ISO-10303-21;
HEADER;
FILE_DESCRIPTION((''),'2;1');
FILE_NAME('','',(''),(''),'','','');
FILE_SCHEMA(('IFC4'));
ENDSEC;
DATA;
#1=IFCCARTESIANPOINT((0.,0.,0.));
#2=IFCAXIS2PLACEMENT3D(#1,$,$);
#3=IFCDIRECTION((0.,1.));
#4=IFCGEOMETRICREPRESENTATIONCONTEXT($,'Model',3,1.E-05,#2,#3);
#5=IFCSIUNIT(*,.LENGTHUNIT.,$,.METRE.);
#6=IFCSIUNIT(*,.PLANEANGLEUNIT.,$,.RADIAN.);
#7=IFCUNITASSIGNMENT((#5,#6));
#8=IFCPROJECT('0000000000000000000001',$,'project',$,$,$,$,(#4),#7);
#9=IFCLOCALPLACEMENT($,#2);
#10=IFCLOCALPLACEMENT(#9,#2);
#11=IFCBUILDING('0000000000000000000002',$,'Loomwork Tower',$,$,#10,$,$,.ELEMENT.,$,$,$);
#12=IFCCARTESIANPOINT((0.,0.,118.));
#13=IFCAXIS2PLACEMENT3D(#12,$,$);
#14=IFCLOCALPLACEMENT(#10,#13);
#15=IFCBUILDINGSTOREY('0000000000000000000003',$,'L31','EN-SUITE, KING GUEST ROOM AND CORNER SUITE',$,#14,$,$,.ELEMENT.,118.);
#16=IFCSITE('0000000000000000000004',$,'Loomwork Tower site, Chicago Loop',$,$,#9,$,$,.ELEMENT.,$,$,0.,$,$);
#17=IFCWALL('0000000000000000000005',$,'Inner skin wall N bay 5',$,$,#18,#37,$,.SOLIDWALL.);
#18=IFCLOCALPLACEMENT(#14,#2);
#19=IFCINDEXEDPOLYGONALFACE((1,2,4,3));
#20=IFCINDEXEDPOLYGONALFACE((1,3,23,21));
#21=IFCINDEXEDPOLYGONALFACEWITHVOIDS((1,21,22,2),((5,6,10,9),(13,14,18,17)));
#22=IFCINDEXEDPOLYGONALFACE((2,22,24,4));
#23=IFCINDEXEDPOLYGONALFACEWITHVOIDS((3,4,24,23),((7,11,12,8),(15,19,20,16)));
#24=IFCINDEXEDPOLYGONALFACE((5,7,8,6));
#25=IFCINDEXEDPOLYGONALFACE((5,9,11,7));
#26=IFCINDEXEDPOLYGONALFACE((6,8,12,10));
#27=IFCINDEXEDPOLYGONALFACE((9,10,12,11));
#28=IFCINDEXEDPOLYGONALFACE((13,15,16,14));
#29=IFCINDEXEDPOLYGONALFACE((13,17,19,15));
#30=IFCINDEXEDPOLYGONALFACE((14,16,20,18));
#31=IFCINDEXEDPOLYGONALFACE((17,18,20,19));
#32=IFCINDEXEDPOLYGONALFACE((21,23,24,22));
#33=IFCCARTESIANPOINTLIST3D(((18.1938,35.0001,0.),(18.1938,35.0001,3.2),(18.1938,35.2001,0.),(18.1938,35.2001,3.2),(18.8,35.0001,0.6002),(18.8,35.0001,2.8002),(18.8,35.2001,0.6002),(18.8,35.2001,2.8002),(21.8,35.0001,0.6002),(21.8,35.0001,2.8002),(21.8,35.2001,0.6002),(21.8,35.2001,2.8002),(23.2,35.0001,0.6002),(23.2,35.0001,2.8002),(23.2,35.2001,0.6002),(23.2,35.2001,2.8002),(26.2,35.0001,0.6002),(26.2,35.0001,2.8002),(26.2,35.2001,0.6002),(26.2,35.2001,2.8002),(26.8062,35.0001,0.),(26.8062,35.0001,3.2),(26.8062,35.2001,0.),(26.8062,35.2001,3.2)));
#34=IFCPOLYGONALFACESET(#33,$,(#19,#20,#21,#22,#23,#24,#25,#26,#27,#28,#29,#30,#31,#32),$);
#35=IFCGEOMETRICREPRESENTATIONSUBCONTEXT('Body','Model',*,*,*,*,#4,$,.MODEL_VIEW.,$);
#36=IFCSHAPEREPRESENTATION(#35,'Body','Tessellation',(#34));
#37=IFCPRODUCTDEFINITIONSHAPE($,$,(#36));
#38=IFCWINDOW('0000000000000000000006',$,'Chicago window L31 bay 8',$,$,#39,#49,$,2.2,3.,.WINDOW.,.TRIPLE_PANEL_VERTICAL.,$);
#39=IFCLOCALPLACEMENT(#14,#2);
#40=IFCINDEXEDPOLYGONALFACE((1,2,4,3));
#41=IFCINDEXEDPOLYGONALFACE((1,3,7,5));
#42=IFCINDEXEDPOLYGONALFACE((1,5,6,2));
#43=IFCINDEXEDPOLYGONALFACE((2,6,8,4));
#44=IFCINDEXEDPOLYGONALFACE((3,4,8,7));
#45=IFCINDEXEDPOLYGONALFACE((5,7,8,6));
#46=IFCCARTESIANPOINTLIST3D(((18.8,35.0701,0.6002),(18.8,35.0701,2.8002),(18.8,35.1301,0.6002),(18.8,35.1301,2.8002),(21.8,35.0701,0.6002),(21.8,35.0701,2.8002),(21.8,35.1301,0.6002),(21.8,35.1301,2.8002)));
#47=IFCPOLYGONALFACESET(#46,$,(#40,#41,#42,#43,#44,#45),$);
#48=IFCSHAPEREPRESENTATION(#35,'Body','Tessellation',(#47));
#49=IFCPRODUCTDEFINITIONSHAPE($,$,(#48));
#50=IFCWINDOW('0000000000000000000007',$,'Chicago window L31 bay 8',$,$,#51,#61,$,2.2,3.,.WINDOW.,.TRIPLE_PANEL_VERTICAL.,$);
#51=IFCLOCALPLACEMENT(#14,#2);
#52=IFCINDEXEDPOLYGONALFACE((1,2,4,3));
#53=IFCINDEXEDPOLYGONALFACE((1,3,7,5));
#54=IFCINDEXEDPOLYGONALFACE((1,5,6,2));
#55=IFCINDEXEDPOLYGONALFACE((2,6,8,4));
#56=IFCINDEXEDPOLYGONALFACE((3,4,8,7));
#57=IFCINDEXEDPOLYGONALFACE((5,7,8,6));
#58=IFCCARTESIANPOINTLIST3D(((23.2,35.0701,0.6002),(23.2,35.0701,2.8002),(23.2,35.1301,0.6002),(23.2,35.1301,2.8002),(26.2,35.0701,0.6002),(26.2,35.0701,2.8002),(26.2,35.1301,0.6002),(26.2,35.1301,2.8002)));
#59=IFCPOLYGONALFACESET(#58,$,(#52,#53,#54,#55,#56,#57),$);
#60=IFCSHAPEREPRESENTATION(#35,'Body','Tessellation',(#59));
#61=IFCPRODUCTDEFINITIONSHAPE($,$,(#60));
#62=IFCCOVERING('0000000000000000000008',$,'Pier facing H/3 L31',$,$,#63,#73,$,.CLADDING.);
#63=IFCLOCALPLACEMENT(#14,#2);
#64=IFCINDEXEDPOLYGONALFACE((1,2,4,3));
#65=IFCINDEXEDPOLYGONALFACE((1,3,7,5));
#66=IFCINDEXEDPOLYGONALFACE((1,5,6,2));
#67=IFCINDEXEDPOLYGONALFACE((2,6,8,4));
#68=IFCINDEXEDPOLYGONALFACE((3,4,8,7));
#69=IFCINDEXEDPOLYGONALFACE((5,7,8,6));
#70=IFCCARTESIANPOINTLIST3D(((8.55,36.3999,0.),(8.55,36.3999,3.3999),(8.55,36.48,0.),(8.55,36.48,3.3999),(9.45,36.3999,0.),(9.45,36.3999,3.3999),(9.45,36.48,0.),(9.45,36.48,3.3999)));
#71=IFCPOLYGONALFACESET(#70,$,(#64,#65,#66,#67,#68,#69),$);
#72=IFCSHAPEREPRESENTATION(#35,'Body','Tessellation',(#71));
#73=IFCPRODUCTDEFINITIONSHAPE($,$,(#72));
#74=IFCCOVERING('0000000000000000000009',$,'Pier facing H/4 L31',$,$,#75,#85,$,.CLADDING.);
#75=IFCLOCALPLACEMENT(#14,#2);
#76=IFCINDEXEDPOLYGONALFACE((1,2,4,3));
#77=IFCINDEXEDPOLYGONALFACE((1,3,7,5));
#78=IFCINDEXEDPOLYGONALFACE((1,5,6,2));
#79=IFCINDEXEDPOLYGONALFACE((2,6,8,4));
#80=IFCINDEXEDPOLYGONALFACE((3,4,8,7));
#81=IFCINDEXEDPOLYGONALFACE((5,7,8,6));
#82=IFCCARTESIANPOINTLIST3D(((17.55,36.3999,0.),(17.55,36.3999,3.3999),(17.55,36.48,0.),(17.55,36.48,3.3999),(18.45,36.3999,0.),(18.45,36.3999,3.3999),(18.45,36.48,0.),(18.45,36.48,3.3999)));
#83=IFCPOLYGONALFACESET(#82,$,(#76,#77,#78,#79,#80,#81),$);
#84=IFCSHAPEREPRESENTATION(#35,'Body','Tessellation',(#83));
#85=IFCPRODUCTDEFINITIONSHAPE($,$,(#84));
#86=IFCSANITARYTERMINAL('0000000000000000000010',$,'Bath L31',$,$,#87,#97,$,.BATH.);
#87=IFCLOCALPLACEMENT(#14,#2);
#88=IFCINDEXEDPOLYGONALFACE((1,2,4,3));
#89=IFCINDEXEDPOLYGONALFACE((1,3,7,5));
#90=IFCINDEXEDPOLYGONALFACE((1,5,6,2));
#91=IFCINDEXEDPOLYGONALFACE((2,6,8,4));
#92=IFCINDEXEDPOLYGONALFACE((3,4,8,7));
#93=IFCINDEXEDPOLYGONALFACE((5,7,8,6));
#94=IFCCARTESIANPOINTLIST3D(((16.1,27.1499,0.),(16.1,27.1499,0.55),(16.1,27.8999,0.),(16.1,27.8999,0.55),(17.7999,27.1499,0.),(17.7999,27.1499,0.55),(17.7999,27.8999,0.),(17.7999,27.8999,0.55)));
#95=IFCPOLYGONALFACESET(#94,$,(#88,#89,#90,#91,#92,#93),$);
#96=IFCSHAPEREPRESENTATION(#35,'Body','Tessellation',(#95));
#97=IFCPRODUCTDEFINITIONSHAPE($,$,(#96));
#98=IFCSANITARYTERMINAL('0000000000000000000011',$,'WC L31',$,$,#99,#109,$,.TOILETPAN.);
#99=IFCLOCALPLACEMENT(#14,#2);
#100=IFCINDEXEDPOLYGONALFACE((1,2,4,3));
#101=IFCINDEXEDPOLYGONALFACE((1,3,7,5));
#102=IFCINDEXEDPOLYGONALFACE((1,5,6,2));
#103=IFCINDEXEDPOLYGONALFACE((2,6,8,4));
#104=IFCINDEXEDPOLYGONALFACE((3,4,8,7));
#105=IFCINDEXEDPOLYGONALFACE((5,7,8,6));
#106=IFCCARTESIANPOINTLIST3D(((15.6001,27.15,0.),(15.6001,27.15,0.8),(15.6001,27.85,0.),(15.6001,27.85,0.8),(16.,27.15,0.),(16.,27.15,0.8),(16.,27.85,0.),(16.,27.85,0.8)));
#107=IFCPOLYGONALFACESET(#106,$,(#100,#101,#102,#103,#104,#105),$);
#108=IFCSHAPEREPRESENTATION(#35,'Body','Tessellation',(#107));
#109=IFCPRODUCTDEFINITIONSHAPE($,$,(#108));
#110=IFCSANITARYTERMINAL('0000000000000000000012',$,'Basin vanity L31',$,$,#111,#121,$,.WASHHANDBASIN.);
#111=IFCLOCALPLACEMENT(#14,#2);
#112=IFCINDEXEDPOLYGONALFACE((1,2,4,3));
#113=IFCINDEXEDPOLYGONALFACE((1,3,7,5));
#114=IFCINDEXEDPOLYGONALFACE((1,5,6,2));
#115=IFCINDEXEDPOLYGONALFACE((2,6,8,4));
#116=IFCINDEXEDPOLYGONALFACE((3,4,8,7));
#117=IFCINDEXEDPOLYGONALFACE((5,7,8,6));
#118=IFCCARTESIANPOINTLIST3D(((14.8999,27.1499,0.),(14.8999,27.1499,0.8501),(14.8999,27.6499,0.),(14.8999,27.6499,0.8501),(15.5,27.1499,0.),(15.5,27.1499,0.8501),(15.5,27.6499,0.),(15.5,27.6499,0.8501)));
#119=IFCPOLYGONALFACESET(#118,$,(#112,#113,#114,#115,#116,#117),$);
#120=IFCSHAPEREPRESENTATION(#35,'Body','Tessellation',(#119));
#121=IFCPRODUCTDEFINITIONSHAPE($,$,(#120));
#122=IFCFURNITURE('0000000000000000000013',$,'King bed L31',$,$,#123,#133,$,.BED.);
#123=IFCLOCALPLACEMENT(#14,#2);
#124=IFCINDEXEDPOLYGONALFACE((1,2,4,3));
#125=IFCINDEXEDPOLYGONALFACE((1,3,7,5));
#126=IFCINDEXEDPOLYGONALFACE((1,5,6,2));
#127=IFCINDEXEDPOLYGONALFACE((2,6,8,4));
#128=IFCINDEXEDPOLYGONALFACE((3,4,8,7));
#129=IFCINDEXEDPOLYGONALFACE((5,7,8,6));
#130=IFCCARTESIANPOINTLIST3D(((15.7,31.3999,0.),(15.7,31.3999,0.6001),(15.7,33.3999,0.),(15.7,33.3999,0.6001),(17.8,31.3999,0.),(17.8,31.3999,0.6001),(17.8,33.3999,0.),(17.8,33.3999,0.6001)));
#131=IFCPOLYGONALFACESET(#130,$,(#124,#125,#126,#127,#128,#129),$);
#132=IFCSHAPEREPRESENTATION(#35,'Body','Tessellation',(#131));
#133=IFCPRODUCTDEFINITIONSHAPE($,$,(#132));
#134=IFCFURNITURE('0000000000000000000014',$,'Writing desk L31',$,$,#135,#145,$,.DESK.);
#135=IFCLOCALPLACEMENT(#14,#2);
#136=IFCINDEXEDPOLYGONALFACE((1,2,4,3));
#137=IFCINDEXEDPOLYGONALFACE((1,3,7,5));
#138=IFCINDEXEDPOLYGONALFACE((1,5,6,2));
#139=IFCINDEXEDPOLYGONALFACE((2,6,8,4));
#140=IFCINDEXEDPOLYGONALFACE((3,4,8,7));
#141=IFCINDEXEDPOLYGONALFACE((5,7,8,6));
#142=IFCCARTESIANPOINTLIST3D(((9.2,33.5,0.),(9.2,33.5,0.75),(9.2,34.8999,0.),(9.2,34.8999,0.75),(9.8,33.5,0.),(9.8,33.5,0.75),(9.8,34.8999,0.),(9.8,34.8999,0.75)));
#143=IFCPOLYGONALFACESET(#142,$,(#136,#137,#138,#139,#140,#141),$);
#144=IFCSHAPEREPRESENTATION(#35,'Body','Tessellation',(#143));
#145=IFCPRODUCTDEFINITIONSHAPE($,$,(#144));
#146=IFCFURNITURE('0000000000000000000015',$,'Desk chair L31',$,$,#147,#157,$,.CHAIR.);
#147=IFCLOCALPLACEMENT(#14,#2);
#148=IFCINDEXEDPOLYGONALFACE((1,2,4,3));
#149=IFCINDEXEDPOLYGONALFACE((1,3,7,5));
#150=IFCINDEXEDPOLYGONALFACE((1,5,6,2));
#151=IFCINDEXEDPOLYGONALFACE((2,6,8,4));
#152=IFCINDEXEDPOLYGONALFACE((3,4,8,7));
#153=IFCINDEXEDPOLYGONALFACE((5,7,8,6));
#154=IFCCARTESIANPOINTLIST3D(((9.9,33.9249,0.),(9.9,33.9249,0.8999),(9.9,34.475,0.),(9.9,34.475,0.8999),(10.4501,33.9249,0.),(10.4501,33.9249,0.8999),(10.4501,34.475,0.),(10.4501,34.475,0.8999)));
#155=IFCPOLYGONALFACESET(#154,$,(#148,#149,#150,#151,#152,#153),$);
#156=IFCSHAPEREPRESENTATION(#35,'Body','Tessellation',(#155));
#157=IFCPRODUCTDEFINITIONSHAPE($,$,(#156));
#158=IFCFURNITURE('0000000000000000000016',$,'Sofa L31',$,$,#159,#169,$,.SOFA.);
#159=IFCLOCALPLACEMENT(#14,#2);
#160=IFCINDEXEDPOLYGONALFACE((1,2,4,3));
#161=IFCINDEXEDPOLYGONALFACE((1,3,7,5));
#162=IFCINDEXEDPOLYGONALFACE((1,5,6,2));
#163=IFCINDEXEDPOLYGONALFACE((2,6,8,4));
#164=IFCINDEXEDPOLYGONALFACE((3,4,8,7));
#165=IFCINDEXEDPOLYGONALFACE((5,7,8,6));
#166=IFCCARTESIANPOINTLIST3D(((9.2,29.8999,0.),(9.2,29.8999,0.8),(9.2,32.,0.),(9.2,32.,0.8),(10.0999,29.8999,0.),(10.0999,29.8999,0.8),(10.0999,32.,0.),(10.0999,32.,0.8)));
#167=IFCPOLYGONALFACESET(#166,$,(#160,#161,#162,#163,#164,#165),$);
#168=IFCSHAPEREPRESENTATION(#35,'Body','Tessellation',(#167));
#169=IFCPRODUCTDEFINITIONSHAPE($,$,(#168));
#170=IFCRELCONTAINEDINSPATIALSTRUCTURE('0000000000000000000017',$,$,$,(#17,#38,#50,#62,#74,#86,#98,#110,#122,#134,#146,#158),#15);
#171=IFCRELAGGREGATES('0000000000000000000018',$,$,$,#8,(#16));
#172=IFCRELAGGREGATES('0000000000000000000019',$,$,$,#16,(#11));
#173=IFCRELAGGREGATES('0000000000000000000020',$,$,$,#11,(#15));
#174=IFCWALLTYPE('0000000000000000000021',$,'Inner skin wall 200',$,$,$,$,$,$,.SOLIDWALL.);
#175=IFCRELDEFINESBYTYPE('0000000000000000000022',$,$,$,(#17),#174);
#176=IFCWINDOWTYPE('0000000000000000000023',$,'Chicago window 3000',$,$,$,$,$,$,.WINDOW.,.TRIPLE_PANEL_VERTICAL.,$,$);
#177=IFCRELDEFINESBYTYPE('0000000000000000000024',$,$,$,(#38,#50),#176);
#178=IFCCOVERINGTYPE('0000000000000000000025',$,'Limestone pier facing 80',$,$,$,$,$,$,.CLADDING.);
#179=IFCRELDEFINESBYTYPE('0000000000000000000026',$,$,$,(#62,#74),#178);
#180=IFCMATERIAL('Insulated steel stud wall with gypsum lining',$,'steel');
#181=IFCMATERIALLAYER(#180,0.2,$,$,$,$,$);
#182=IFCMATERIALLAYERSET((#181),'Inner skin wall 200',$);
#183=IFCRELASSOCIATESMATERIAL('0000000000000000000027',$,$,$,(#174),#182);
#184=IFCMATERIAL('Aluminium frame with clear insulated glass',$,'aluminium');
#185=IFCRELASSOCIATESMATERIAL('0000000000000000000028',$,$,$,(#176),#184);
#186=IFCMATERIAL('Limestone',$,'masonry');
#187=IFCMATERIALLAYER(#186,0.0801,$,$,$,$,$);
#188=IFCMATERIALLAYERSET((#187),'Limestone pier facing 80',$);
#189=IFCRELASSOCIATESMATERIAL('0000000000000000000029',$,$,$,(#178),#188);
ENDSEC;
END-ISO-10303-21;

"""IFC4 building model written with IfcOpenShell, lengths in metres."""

from ifc_helpers import new_model, si_unit, direction, frame, frame_2d, origin, origin_2d, place, context, subcontext, project, spatial, rectangle, extrude, material, layer, layer_set, type_object, element, fill, save


model = new_model("IFC4")

# Units and contexts
model_context = context("Model", 3, precision=1e-05, world=origin(), true_north=direction((0.0, 1.0)))
body_context = subcontext(model_context, "Body", "Model", "MODEL_VIEW")
ifc_project = project(units=[si_unit("LENGTHUNIT", "METRE"), si_unit("PLANEANGLEUNIT", "RADIAN")], contexts=[model_context])

# Site, building, storey
site_placement = place(None, origin())
site = spatial("IfcSite", under=ifc_project, at=site_placement, Name="Loomwork Tower site, Chicago Loop", CompositionType="ELEMENT", RefElevation=0.0)
building_placement = place(site_placement, origin())
building = spatial("IfcBuilding", under=site, at=building_placement, Name="Loomwork Tower", CompositionType="ELEMENT")
storey_placement = place(building_placement, frame((0.0, 0.0, 118.0)))
storey = spatial("IfcBuildingStorey", under=building, at=storey_placement, Name="L31", Description="EN-SUITE, KING GUEST ROOM AND CORNER SUITE", CompositionType="ELEMENT", Elevation=118.0)

# Shared definitions
ifc_material_1 = material(Name="Insulated steel stud wall with gypsum lining", Category="steel")
ifc_layer_1 = layer(ifc_material_1, 0.2)
ifc_layer_set_1 = layer_set([ifc_layer_1], Name="Inner skin wall 200")
wall_type_1 = type_object("IfcWallType", Name="Inner skin wall 200", PredefinedType="SOLIDWALL", material=ifc_layer_set_1)

# Shared definitions
ifc_material_2 = material(Name="Aluminium frame with clear insulated glass", Category="aluminium")
window_type = type_object("IfcWindowType", Name="Chicago window 3000", PartitioningType="TRIPLE_PANEL_VERTICAL", PredefinedType="WINDOW", material=ifc_material_2)

# Wall, openings, windows
wall_1_placement = place(storey_placement, frame((18.1938, 35.1001, 0.0), z_axis=(0.0, 0.0, 1.0), x_axis=(1.0, 0.0, 0.0)))
wall_1 = element("IfcWall", 1, at=wall_1_placement, inside=storey, type_object=wall_type_1, Name="Inner skin wall N bay 5", PredefinedType="SOLIDWALL", context=body_context, shape_type="SweptSolid", body=[
    extrude(rectangle(XDim=8.6123, YDim=0.2, at=frame_2d((4.3062, 0.0))), origin(), (0.0, 0.0, 1.0), 3.2),
])
opening_1_placement = place(wall_1_placement, frame((0.6062, 0.0, 0.6001)))
opening_1 = element("IfcOpeningElement", 2, at=opening_1_placement, cuts=wall_1, PredefinedType="OPENING", context=body_context, shape_type="SweptSolid", body=[
    extrude(rectangle(XDim=3.0, YDim=2.2, at=frame_2d((1.5, 1.1001))), frame((0.0, 0.1099, 0.0), z_axis=(0.0, -1.0, 0.0), x_axis=(1.0, 0.0, 0.0)), (0.0, 0.0, 1.0), 0.22),
])
opening_2_placement = place(wall_1_placement, frame((5.0061, 0.0, 0.6001)))
opening_2 = element("IfcOpeningElement", 3, at=opening_2_placement, cuts=wall_1, PredefinedType="OPENING", context=body_context, shape_type="SweptSolid", body=[
    extrude(rectangle(XDim=3.0, YDim=2.2, at=frame_2d((1.5, 1.1001))), frame((0.0, 0.1099, 0.0), z_axis=(0.0, -1.0, 0.0), x_axis=(1.0, 0.0, 0.0)), (0.0, 0.0, 1.0), 0.22),
])
window_1_placement = place(opening_1_placement, origin())
window_1 = element("IfcWindow", 4, at=window_1_placement, inside=storey, type_object=window_type, Name="Chicago window L31 bay 8", OverallHeight=2.2, OverallWidth=3.0, PartitioningType="TRIPLE_PANEL_VERTICAL", PredefinedType="WINDOW", context=body_context, shape_type="SweptSolid", body=[
    extrude(rectangle(XDim=3.0, YDim=2.2, at=frame_2d((1.5, 1.1001))), frame((0.0, 0.03, 0.0), z_axis=(0.0, -1.0, 0.0), x_axis=(1.0, 0.0, 0.0)), (0.0, 0.0, 1.0), 0.0601),
])
fill(opening_1, window_1)
window_2_placement = place(opening_2_placement, origin())
window_2 = element("IfcWindow", 5, at=window_2_placement, inside=storey, type_object=window_type, Name="Chicago window L31 bay 8", OverallHeight=2.2, OverallWidth=3.0, PartitioningType="TRIPLE_PANEL_VERTICAL", PredefinedType="WINDOW", context=body_context, shape_type="SweptSolid", body=[
    extrude(rectangle(XDim=3.0, YDim=2.2, at=frame_2d((1.5, 1.1001))), frame((0.0, 0.03, 0.0), z_axis=(0.0, -1.0, 0.0), x_axis=(1.0, 0.0, 0.0)), (0.0, 0.0, 1.0), 0.0601),
])
fill(opening_2, window_2)

# Coverings
ifc_material_3 = material(Name="Limestone", Category="masonry")
ifc_layer_2 = layer(ifc_material_3, 0.0801)
ifc_layer_set_2 = layer_set([ifc_layer_2], Name="Limestone pier facing 80")
covering_type = type_object("IfcCoveringType", Name="Limestone pier facing 80", PredefinedType="CLADDING", material=ifc_layer_set_2)
for number, where, z_axis, x_axis, name in (
    (6, (9.0, 36.4399, 0.0), (0.0, 0.0, 1.0), (1.0, 0.0, 0.0), "Pier facing H/3 L31"),
    (7, (18.0, 36.4399, 0.0), (0.0, 0.0, 1.0), (1.0, 0.0, 0.0), "Pier facing H/4 L31"),
):
    element("IfcCovering", number, at=place(storey_placement, frame(where, z_axis=z_axis, x_axis=x_axis)), inside=storey, type_object=covering_type, Name=name, PredefinedType="CLADDING", context=body_context, shape_type="SweptSolid", body=[
        extrude(rectangle(XDim=0.8999, YDim=0.0801, at=origin_2d()), origin(), (0.0, 0.0, 1.0), 3.3999),
    ])

# Sanitary terminals
sanitary_terminal_1_placement = place(storey_placement, frame((16.95, 27.5249, 0.0), z_axis=(0.0, 0.0, 1.0), x_axis=(1.0, 0.0, 0.0)))
element("IfcSanitaryTerminal", 8, at=sanitary_terminal_1_placement, inside=storey, Name="Bath L31", PredefinedType="BATH", context=body_context, shape_type="SweptSolid", body=[
    extrude(rectangle(XDim=1.7, YDim=0.75, at=origin_2d()), origin(), (0.0, 0.0, 1.0), 0.55),
])
sanitary_terminal_2_placement = place(storey_placement, frame((15.8, 27.5, 0.0), z_axis=(0.0, 0.0, 1.0), x_axis=(1.0, 0.0, 0.0)))
element("IfcSanitaryTerminal", 9, at=sanitary_terminal_2_placement, inside=storey, Name="WC L31", PredefinedType="TOILETPAN", context=body_context, shape_type="SweptSolid", body=[
    extrude(rectangle(XDim=0.3999, YDim=0.7, at=origin_2d()), origin(), (0.0, 0.0, 1.0), 0.8),
])
sanitary_terminal_3_placement = place(storey_placement, frame((15.2, 27.3999, 0.0), z_axis=(0.0, 0.0, 1.0), x_axis=(1.0, 0.0, 0.0)))
element("IfcSanitaryTerminal", 10, at=sanitary_terminal_3_placement, inside=storey, Name="Basin vanity L31", PredefinedType="WASHHANDBASIN", context=body_context, shape_type="SweptSolid", body=[
    extrude(rectangle(XDim=0.6001, YDim=0.5, at=origin_2d()), origin(), (0.0, 0.0, 1.0), 0.8501),
])

# Furniture
furniture_1_placement = place(storey_placement, frame((16.75, 32.3999, 0.0), z_axis=(0.0, 0.0, 1.0), x_axis=(1.0, 0.0, 0.0)))
element("IfcFurniture", 11, at=furniture_1_placement, inside=storey, Name="King bed L31", PredefinedType="BED", context=body_context, shape_type="SweptSolid", body=[
    extrude(rectangle(XDim=2.1001, YDim=2.0, at=origin_2d()), origin(), (0.0, 0.0, 1.0), 0.6001),
])
furniture_2_placement = place(storey_placement, frame((9.5, 34.2, 0.0), z_axis=(0.0, 0.0, 1.0), x_axis=(1.0, 0.0, 0.0)))
element("IfcFurniture", 12, at=furniture_2_placement, inside=storey, Name="Writing desk L31", PredefinedType="DESK", context=body_context, shape_type="SweptSolid", body=[
    extrude(rectangle(XDim=0.6001, YDim=1.3999, at=origin_2d()), origin(), (0.0, 0.0, 1.0), 0.75),
])
furniture_3_placement = place(storey_placement, frame((10.175, 34.2, 0.0), z_axis=(0.0, 0.0, 1.0), x_axis=(1.0, 0.0, 0.0)))
element("IfcFurniture", 13, at=furniture_3_placement, inside=storey, Name="Desk chair L31", PredefinedType="CHAIR", context=body_context, shape_type="SweptSolid", body=[
    extrude(rectangle(XDim=0.55, YDim=0.55, at=origin_2d()), origin(), (0.0, 0.0, 1.0), 0.8999),
])
furniture_4_placement = place(storey_placement, frame((9.6499, 30.95, 0.0), z_axis=(0.0, 0.0, 1.0), x_axis=(1.0, 0.0, 0.0)))
element("IfcFurniture", 14, at=furniture_4_placement, inside=storey, Name="Sofa L31", PredefinedType="SOFA", context=body_context, shape_type="SweptSolid", body=[
    extrude(rectangle(XDim=0.8999, YDim=2.1001, at=origin_2d()), origin(), (0.0, 0.0, 1.0), 0.8),
])

save(model, "model.ifc")
